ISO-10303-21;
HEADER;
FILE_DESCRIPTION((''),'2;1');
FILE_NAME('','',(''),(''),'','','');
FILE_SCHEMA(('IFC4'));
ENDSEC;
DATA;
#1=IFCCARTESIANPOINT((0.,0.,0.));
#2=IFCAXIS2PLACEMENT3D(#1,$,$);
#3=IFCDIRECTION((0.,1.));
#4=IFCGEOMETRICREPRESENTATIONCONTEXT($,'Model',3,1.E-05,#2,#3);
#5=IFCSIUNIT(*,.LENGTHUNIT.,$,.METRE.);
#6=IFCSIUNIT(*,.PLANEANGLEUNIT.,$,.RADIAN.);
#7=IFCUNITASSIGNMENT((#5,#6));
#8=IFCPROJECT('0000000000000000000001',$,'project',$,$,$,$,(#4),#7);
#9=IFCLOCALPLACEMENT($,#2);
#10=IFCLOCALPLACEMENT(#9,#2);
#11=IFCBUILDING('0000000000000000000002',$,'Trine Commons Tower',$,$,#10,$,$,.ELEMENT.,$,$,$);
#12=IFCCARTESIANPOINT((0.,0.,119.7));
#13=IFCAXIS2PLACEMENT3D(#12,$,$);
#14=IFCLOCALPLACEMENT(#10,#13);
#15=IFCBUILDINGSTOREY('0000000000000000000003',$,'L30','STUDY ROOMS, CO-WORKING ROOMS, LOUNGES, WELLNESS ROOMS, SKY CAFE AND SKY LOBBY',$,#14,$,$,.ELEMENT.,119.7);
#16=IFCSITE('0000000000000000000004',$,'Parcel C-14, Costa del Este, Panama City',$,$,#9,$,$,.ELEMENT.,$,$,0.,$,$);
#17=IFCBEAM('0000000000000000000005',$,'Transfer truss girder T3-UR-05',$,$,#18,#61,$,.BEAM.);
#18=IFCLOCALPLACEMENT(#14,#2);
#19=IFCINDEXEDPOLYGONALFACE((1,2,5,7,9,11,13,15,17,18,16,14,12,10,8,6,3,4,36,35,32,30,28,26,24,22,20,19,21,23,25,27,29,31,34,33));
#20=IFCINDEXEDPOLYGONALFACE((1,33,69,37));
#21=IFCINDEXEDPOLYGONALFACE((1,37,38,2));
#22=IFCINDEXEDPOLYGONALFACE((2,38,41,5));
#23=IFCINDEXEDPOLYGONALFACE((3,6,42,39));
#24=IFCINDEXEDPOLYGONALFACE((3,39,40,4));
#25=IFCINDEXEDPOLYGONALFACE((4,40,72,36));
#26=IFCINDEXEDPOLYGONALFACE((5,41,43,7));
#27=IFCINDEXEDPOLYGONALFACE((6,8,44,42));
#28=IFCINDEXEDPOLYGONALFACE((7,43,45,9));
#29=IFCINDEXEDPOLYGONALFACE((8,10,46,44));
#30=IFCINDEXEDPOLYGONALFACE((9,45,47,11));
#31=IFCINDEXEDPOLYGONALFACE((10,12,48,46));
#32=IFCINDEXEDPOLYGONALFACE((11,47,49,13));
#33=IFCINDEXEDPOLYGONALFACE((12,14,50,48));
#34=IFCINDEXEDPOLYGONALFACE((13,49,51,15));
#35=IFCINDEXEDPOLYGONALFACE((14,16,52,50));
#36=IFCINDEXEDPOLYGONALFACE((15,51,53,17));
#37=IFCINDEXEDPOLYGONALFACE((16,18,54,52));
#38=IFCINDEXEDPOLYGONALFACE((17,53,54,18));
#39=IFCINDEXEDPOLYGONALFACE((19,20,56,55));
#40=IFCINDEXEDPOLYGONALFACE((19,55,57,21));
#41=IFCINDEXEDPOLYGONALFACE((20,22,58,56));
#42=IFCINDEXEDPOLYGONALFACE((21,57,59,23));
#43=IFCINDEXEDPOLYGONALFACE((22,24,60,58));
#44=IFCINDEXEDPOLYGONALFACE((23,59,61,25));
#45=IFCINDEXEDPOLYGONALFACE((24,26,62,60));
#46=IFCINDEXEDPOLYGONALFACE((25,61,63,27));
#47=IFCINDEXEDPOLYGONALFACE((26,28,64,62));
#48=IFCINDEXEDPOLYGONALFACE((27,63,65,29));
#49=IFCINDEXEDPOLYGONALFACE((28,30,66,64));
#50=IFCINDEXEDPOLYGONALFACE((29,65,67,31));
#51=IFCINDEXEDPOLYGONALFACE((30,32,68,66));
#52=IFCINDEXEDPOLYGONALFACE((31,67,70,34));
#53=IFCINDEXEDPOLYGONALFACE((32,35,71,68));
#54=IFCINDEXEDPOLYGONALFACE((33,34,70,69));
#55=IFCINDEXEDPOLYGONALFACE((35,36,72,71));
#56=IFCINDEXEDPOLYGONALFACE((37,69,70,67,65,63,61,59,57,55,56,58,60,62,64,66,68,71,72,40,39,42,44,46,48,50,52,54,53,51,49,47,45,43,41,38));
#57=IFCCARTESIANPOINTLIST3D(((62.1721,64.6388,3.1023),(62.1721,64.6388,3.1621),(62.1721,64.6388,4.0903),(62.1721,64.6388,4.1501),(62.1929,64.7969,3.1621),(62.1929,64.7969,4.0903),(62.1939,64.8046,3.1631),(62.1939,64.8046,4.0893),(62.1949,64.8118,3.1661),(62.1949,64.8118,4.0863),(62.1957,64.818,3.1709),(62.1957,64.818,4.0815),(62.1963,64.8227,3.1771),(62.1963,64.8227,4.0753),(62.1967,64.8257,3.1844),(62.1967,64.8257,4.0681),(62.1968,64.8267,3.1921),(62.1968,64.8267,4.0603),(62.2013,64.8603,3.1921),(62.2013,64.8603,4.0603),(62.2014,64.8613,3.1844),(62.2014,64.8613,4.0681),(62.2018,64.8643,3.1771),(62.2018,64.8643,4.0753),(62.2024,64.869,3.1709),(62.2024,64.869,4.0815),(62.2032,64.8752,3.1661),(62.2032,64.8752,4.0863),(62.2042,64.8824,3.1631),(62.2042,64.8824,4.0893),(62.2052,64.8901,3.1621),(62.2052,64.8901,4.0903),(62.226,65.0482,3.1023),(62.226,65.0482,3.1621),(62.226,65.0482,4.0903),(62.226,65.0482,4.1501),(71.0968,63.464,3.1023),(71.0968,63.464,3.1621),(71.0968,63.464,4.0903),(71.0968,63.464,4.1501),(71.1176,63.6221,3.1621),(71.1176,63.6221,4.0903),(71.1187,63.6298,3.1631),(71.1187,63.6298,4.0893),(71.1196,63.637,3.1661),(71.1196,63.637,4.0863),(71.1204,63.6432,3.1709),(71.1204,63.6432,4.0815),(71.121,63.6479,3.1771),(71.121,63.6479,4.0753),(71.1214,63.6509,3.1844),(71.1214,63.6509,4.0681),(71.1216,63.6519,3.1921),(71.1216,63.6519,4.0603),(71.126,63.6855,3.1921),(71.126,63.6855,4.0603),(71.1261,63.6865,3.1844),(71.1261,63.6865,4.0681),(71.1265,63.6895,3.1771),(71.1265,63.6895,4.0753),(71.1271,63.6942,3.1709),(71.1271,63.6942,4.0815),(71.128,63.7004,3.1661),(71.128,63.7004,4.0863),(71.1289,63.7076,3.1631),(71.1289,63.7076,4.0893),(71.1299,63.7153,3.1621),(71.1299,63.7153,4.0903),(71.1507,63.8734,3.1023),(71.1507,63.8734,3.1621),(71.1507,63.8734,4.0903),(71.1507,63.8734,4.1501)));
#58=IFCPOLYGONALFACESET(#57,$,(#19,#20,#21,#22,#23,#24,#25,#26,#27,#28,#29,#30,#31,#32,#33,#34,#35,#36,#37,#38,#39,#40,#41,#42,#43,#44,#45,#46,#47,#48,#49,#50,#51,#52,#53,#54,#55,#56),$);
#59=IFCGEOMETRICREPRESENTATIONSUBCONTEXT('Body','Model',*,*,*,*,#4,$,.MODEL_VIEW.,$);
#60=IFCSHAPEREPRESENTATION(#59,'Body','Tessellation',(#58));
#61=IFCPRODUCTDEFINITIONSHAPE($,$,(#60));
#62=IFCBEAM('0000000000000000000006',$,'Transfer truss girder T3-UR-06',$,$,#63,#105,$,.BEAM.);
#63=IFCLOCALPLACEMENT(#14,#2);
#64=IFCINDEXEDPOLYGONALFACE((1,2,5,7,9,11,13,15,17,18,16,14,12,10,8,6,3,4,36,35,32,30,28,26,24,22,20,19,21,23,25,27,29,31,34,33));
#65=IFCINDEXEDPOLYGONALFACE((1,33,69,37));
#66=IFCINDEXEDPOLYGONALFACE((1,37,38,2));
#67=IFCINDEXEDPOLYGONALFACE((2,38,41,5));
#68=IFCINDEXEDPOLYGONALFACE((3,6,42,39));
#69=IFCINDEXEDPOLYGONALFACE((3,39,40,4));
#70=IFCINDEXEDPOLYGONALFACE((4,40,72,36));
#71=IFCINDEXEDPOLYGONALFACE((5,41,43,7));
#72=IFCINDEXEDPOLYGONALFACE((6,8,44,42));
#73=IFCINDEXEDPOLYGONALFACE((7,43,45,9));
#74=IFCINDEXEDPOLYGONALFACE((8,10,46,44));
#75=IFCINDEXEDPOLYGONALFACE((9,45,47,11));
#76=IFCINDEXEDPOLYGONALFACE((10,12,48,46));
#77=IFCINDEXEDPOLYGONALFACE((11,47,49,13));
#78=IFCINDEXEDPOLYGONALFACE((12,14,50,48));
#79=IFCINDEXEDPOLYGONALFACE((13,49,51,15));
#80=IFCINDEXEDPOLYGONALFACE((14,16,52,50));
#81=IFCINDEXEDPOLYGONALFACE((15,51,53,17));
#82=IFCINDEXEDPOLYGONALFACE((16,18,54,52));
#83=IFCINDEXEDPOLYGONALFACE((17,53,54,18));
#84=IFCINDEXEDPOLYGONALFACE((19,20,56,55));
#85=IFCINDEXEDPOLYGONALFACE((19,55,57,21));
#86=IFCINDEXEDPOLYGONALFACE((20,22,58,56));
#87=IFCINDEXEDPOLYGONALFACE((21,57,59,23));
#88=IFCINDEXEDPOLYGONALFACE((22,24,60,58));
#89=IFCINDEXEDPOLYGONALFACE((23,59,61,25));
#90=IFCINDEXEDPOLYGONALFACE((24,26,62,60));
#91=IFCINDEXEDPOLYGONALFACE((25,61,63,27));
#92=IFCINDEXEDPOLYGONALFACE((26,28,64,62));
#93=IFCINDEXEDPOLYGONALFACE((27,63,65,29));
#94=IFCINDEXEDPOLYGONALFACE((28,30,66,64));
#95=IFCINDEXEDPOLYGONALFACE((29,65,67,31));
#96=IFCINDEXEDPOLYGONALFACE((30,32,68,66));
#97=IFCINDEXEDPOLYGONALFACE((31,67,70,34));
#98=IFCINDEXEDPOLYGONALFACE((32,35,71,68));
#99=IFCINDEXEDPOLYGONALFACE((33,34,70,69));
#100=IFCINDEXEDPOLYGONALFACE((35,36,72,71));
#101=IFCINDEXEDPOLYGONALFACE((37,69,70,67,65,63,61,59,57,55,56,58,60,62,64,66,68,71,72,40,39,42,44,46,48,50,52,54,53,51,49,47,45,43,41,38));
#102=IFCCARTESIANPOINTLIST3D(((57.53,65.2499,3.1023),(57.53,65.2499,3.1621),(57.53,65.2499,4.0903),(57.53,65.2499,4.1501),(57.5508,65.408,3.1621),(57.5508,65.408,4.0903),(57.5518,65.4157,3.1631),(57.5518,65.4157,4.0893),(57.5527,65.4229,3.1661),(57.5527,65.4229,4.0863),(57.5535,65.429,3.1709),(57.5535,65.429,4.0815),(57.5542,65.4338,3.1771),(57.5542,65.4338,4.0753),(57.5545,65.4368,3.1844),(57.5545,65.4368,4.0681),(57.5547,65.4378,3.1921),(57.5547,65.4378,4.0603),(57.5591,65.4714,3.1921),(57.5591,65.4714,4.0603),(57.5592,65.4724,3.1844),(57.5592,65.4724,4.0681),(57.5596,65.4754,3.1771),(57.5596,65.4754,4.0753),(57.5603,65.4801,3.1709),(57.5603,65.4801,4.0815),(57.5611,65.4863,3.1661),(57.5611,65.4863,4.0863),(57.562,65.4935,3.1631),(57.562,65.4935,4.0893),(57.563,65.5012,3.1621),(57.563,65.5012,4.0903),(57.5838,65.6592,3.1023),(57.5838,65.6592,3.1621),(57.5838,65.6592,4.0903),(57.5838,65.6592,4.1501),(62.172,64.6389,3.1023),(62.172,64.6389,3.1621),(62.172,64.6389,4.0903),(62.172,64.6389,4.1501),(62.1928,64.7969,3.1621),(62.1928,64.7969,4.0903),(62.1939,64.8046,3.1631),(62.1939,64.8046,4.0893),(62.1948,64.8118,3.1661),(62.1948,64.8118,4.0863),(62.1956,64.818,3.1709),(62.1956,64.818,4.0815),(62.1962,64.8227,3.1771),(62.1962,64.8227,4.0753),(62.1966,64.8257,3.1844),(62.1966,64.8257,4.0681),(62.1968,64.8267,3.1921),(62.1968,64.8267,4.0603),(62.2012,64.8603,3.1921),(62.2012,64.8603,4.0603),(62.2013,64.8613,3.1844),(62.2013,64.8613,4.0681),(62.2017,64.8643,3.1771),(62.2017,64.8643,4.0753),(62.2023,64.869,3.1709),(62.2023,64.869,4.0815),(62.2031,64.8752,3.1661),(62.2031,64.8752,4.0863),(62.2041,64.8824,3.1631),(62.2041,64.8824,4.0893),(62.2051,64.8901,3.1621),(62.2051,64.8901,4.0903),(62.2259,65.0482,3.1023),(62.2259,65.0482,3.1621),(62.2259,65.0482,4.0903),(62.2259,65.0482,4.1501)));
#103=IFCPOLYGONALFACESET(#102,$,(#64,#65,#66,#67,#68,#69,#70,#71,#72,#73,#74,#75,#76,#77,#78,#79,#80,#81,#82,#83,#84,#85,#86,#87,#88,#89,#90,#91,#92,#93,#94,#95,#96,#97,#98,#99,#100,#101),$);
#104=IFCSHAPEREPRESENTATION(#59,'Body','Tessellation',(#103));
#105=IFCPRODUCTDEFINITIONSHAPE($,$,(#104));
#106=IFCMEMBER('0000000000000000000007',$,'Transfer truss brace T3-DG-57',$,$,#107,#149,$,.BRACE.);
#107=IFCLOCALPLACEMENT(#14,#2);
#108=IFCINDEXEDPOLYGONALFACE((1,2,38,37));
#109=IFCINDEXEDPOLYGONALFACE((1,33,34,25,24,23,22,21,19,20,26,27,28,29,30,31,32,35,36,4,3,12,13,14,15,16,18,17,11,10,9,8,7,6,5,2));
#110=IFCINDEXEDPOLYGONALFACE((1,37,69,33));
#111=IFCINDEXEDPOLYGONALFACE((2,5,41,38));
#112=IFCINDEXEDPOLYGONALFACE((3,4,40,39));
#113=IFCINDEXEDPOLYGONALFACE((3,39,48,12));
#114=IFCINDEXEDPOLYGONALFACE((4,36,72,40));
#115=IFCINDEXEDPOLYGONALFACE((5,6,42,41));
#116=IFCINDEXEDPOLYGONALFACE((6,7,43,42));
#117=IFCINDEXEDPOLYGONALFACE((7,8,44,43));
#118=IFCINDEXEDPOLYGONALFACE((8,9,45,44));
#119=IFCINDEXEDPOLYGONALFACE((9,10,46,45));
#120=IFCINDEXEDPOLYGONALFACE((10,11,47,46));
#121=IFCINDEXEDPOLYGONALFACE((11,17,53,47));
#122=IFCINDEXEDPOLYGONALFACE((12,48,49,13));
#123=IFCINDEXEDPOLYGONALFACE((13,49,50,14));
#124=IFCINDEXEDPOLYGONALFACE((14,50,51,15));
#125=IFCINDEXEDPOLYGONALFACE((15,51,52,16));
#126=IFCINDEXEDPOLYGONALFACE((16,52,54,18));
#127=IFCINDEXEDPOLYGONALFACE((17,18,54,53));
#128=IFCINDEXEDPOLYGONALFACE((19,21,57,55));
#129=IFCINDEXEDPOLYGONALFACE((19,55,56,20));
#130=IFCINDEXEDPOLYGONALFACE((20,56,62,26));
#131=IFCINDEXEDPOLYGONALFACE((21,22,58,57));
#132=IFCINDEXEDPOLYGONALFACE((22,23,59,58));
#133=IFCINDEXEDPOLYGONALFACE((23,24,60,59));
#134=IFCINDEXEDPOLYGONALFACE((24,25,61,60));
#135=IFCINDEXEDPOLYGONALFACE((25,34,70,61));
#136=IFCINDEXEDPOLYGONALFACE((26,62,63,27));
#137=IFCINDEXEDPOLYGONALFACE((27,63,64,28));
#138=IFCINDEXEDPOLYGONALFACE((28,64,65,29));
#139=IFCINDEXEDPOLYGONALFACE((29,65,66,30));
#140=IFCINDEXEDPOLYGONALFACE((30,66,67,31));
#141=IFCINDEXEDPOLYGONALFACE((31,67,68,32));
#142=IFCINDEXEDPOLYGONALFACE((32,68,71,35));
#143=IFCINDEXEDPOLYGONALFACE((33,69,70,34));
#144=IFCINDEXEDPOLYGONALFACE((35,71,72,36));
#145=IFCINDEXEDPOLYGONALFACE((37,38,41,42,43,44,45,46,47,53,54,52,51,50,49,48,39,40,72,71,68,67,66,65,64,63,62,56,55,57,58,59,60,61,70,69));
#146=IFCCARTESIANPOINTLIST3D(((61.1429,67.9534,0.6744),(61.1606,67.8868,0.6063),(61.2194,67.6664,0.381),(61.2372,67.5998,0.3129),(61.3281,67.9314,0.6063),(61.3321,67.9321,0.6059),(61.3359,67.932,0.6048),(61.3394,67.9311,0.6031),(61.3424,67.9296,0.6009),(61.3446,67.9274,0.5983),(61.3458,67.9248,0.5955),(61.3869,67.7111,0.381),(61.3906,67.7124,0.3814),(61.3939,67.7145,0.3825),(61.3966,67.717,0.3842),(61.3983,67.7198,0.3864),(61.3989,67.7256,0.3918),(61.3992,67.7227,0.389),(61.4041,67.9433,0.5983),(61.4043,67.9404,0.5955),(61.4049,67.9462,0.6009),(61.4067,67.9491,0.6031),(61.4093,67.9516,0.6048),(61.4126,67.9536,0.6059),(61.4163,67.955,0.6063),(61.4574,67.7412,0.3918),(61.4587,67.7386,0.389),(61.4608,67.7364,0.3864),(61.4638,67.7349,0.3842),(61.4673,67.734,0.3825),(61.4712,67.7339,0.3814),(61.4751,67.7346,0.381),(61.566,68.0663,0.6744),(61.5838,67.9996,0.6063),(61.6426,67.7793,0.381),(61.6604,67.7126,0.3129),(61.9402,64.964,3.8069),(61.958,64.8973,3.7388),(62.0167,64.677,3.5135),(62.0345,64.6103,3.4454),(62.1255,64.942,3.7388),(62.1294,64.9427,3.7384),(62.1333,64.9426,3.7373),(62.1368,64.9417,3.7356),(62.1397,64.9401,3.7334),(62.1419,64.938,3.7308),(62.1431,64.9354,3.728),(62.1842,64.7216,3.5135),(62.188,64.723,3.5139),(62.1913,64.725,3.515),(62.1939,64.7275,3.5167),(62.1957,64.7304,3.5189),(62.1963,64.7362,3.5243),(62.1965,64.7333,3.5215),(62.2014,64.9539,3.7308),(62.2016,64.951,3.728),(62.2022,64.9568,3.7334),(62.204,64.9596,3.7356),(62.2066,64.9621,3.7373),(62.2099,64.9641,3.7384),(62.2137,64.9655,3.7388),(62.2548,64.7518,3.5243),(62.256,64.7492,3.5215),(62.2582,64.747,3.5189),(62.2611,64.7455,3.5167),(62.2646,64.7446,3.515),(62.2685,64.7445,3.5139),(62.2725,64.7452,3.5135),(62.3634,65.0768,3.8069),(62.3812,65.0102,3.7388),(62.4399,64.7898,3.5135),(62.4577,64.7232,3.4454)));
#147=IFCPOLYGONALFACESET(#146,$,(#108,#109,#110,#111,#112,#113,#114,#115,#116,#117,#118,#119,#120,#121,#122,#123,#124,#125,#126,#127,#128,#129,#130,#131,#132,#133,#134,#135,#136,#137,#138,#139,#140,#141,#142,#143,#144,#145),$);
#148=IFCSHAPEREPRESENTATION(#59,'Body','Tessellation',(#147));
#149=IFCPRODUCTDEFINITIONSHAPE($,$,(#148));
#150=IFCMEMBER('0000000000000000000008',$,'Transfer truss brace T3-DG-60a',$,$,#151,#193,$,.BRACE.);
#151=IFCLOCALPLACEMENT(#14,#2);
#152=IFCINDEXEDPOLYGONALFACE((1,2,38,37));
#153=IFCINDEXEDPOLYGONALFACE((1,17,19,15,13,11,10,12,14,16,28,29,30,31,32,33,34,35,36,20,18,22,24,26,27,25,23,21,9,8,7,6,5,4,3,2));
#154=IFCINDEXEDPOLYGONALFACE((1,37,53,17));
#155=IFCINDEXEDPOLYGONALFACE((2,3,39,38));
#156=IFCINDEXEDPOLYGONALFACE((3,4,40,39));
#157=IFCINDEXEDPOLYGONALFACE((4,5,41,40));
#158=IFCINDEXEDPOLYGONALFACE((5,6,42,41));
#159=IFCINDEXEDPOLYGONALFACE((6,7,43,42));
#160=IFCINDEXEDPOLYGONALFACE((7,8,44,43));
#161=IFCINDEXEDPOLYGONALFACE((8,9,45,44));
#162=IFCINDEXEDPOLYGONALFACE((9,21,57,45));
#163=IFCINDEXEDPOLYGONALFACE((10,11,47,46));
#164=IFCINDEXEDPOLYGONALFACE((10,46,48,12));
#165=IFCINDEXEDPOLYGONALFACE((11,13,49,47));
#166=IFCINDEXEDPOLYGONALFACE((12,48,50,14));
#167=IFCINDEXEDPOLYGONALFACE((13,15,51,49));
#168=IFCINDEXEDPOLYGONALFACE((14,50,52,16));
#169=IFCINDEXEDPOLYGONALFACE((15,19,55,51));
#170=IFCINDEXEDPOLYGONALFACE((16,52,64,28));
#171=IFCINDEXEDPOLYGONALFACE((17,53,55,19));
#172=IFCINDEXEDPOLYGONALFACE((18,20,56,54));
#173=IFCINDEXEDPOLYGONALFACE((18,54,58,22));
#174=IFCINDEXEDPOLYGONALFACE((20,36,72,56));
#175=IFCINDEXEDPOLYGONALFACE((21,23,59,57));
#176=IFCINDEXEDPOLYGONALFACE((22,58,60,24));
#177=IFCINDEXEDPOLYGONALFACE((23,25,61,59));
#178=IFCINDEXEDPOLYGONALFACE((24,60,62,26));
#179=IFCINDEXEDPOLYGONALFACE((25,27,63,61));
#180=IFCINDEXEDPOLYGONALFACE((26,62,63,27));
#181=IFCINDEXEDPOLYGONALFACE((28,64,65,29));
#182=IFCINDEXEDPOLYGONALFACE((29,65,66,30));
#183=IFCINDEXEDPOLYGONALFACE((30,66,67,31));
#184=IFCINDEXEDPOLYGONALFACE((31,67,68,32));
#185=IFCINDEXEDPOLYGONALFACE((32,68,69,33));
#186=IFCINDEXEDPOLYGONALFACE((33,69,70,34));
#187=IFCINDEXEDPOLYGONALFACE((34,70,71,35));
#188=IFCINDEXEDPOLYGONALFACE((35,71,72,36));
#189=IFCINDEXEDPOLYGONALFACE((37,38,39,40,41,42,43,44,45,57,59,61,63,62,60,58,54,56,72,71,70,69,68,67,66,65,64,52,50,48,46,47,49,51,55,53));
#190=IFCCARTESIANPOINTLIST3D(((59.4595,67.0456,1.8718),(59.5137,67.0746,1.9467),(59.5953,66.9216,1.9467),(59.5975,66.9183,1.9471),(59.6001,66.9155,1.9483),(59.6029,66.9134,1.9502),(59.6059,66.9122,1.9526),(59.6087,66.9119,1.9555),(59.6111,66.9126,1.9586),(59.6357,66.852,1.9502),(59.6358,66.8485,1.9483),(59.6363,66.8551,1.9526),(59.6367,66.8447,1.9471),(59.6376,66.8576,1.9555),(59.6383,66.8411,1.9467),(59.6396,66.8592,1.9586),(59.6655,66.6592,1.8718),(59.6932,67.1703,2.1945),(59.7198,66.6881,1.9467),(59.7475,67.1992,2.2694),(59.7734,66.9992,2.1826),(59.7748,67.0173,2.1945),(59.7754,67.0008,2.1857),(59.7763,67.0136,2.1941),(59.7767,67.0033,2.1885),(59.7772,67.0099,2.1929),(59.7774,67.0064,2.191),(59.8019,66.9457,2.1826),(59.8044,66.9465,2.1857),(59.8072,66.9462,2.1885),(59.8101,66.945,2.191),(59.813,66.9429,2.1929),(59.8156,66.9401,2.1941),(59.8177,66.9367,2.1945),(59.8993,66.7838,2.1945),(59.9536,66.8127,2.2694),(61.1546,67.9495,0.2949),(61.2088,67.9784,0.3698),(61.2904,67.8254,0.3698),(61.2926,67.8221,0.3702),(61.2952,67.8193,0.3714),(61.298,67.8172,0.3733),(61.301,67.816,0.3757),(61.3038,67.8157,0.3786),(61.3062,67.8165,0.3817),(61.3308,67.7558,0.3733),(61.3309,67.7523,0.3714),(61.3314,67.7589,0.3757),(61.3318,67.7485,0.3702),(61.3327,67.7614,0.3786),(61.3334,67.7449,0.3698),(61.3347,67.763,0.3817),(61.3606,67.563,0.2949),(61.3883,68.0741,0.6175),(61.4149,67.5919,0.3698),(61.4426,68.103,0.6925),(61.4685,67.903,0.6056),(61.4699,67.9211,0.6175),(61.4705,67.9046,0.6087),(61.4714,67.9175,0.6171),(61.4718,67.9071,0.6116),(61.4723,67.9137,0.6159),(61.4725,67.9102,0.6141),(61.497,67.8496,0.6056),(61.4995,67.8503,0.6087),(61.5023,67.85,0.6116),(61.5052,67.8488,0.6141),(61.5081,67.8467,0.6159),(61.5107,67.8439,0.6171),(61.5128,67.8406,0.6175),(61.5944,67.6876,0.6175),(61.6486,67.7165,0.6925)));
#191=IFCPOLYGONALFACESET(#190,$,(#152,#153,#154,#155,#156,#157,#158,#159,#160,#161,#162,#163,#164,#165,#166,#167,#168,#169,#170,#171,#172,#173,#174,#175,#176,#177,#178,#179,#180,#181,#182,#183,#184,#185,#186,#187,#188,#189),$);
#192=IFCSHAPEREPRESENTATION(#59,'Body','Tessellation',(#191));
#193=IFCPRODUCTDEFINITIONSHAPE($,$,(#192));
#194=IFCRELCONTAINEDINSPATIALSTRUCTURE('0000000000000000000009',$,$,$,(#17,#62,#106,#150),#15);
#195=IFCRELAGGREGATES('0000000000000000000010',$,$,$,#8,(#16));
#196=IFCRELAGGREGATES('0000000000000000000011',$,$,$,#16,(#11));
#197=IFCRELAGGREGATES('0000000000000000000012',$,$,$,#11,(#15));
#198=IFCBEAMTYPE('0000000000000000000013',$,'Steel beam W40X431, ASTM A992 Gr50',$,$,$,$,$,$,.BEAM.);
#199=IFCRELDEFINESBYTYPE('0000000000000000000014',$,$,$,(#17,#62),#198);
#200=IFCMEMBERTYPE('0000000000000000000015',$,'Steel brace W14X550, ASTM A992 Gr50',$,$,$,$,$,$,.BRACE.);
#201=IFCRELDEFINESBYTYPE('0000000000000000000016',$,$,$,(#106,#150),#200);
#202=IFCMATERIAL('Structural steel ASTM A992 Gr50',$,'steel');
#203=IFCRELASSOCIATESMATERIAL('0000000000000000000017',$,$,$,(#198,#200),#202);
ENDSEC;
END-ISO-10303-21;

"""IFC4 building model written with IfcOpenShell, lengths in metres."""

from ifc_helpers import new_model, si_unit, direction, frame, origin, origin_2d, place, context, subcontext, project, spatial, i_section, extrude, material, material_profile, profile_set, type_object, element, save


model = new_model("IFC4")

# Units and contexts
model_context = context("Model", 3, precision=1e-05, world=origin(), true_north=direction((0.0, 1.0)))
body_context = subcontext(model_context, "Body", "Model", "MODEL_VIEW")
ifc_project = project(units=[si_unit("LENGTHUNIT", "METRE"), si_unit("PLANEANGLEUNIT", "RADIAN")], contexts=[model_context])

# Site, building, storey
site_placement = place(None, origin())
site = spatial("IfcSite", under=ifc_project, at=site_placement, Name="Parcel C-14, Costa del Este, Panama City", CompositionType="ELEMENT", RefElevation=0.0)
building_placement = place(site_placement, origin())
building = spatial("IfcBuilding", under=site, at=building_placement, Name="Trine Commons Tower", CompositionType="ELEMENT")
storey_placement = place(building_placement, frame((0.0, 0.0, 119.7)))
storey = spatial("IfcBuildingStorey", under=building, at=storey_placement, Name="L30", Description="STUDY ROOMS, CO-WORKING ROOMS, LOUNGES, WELLNESS ROOMS, SKY CAFE AND SKY LOBBY", CompositionType="ELEMENT", Elevation=119.7)

# Beams
ifc_material_1 = material(Name="Structural steel ASTM A992 Gr50", Category="steel")
ifc_material_profile_1 = material_profile(ifc_material_1, i_section(OverallWidth=0.4128, OverallDepth=1.0479, WebThickness=0.0339, FlangeThickness=0.0598, FilletRadius=0.03, at=origin_2d()), Name="W40X431")
ifc_profile_set_1 = profile_set([ifc_material_profile_1], Name="Structural steel ASTM A992 Gr50")
beam_type = type_object("IfcBeamType", Name="Steel beam W40X431, ASTM A992 Gr50", PredefinedType="BEAM", material=ifc_profile_set_1)
beam_1_placement = place(storey_placement, frame((71.1238, 63.6687, 3.6262), z_axis=(-0.991447, 0.130508, 0.0), x_axis=(-0.130508, -0.991447, 0.0)))
element("IfcBeam", 1, at=beam_1_placement, inside=storey, type_object=beam_type, Name="Transfer truss girder T3-UR-05", PredefinedType="BEAM", context=body_context, shape_type="SweptSolid", body=[
    extrude(i_section(OverallWidth=0.4128, OverallDepth=1.0479, WebThickness=0.0339, FlangeThickness=0.0598, FilletRadius=0.03, at=origin_2d()), origin(), (0.0, 0.0, 1.0), 9.0017),
])
beam_2_placement = place(storey_placement, frame((62.199, 64.8435, 3.6262), z_axis=(-0.991446, 0.130514, 0.0), x_axis=(-0.130514, -0.991446, 0.0)))
element("IfcBeam", 2, at=beam_2_placement, inside=storey, type_object=beam_type, Name="Transfer truss girder T3-UR-06", PredefinedType="BEAM", context=body_context, shape_type="SweptSolid", body=[
    extrude(i_section(OverallWidth=0.4128, OverallDepth=1.0479, WebThickness=0.0339, FlangeThickness=0.0598, FilletRadius=0.03, at=origin_2d()), origin(), (0.0, 0.0, 1.0), 4.6821),
])

# Members
ifc_material_profile_2 = material_profile(ifc_material_1, i_section(OverallWidth=0.438, OverallDepth=0.5144, WebThickness=0.0605, FlangeThickness=0.0969, FilletRadius=0.0154, at=origin_2d()), Name="W14X550")
ifc_profile_set_2 = profile_set([ifc_material_profile_2], Name="Structural steel ASTM A992 Gr50")
member_type = type_object("IfcMemberType", Name="Steel brace W14X550, ASTM A992 Gr50", PredefinedType="BRACE", material=ifc_profile_set_2)
member_1_placement = place(storey_placement, frame((61.4016, 67.833, 0.4937), z_axis=(0.181098, -0.678978, 0.711472), x_axis=(0.966222, 0.257712, 0.0)))
element("IfcMember", 3, at=member_1_placement, inside=storey, type_object=member_type, Name="Transfer truss brace T3-DG-57", PredefinedType="BRACE", context=body_context, shape_type="SweptSolid", body=[
    extrude(i_section(OverallWidth=0.438, OverallDepth=0.5144, WebThickness=0.0605, FlangeThickness=0.0969, FilletRadius=0.0154, at=origin_2d()), origin(), (0.0, 0.0, 1.0), 4.4028),
])
member_2_placement = place(storey_placement, frame((61.4016, 67.833, 0.4937), z_axis=(-0.682036, -0.363661, 0.634491), x_axis=(0.470496, -0.882402, 0.0)))
element("IfcMember", 4, at=member_2_placement, inside=storey, type_object=member_type, Name="Transfer truss brace T3-DG-60a", PredefinedType="BRACE", context=body_context, shape_type="SweptSolid", body=[
    extrude(i_section(OverallWidth=0.438, OverallDepth=0.5144, WebThickness=0.0605, FlangeThickness=0.0969, FilletRadius=0.0154, at=origin_2d()), origin(), (0.0, 0.0, 1.0), 2.4854),
])

save(model, "model.ifc")
